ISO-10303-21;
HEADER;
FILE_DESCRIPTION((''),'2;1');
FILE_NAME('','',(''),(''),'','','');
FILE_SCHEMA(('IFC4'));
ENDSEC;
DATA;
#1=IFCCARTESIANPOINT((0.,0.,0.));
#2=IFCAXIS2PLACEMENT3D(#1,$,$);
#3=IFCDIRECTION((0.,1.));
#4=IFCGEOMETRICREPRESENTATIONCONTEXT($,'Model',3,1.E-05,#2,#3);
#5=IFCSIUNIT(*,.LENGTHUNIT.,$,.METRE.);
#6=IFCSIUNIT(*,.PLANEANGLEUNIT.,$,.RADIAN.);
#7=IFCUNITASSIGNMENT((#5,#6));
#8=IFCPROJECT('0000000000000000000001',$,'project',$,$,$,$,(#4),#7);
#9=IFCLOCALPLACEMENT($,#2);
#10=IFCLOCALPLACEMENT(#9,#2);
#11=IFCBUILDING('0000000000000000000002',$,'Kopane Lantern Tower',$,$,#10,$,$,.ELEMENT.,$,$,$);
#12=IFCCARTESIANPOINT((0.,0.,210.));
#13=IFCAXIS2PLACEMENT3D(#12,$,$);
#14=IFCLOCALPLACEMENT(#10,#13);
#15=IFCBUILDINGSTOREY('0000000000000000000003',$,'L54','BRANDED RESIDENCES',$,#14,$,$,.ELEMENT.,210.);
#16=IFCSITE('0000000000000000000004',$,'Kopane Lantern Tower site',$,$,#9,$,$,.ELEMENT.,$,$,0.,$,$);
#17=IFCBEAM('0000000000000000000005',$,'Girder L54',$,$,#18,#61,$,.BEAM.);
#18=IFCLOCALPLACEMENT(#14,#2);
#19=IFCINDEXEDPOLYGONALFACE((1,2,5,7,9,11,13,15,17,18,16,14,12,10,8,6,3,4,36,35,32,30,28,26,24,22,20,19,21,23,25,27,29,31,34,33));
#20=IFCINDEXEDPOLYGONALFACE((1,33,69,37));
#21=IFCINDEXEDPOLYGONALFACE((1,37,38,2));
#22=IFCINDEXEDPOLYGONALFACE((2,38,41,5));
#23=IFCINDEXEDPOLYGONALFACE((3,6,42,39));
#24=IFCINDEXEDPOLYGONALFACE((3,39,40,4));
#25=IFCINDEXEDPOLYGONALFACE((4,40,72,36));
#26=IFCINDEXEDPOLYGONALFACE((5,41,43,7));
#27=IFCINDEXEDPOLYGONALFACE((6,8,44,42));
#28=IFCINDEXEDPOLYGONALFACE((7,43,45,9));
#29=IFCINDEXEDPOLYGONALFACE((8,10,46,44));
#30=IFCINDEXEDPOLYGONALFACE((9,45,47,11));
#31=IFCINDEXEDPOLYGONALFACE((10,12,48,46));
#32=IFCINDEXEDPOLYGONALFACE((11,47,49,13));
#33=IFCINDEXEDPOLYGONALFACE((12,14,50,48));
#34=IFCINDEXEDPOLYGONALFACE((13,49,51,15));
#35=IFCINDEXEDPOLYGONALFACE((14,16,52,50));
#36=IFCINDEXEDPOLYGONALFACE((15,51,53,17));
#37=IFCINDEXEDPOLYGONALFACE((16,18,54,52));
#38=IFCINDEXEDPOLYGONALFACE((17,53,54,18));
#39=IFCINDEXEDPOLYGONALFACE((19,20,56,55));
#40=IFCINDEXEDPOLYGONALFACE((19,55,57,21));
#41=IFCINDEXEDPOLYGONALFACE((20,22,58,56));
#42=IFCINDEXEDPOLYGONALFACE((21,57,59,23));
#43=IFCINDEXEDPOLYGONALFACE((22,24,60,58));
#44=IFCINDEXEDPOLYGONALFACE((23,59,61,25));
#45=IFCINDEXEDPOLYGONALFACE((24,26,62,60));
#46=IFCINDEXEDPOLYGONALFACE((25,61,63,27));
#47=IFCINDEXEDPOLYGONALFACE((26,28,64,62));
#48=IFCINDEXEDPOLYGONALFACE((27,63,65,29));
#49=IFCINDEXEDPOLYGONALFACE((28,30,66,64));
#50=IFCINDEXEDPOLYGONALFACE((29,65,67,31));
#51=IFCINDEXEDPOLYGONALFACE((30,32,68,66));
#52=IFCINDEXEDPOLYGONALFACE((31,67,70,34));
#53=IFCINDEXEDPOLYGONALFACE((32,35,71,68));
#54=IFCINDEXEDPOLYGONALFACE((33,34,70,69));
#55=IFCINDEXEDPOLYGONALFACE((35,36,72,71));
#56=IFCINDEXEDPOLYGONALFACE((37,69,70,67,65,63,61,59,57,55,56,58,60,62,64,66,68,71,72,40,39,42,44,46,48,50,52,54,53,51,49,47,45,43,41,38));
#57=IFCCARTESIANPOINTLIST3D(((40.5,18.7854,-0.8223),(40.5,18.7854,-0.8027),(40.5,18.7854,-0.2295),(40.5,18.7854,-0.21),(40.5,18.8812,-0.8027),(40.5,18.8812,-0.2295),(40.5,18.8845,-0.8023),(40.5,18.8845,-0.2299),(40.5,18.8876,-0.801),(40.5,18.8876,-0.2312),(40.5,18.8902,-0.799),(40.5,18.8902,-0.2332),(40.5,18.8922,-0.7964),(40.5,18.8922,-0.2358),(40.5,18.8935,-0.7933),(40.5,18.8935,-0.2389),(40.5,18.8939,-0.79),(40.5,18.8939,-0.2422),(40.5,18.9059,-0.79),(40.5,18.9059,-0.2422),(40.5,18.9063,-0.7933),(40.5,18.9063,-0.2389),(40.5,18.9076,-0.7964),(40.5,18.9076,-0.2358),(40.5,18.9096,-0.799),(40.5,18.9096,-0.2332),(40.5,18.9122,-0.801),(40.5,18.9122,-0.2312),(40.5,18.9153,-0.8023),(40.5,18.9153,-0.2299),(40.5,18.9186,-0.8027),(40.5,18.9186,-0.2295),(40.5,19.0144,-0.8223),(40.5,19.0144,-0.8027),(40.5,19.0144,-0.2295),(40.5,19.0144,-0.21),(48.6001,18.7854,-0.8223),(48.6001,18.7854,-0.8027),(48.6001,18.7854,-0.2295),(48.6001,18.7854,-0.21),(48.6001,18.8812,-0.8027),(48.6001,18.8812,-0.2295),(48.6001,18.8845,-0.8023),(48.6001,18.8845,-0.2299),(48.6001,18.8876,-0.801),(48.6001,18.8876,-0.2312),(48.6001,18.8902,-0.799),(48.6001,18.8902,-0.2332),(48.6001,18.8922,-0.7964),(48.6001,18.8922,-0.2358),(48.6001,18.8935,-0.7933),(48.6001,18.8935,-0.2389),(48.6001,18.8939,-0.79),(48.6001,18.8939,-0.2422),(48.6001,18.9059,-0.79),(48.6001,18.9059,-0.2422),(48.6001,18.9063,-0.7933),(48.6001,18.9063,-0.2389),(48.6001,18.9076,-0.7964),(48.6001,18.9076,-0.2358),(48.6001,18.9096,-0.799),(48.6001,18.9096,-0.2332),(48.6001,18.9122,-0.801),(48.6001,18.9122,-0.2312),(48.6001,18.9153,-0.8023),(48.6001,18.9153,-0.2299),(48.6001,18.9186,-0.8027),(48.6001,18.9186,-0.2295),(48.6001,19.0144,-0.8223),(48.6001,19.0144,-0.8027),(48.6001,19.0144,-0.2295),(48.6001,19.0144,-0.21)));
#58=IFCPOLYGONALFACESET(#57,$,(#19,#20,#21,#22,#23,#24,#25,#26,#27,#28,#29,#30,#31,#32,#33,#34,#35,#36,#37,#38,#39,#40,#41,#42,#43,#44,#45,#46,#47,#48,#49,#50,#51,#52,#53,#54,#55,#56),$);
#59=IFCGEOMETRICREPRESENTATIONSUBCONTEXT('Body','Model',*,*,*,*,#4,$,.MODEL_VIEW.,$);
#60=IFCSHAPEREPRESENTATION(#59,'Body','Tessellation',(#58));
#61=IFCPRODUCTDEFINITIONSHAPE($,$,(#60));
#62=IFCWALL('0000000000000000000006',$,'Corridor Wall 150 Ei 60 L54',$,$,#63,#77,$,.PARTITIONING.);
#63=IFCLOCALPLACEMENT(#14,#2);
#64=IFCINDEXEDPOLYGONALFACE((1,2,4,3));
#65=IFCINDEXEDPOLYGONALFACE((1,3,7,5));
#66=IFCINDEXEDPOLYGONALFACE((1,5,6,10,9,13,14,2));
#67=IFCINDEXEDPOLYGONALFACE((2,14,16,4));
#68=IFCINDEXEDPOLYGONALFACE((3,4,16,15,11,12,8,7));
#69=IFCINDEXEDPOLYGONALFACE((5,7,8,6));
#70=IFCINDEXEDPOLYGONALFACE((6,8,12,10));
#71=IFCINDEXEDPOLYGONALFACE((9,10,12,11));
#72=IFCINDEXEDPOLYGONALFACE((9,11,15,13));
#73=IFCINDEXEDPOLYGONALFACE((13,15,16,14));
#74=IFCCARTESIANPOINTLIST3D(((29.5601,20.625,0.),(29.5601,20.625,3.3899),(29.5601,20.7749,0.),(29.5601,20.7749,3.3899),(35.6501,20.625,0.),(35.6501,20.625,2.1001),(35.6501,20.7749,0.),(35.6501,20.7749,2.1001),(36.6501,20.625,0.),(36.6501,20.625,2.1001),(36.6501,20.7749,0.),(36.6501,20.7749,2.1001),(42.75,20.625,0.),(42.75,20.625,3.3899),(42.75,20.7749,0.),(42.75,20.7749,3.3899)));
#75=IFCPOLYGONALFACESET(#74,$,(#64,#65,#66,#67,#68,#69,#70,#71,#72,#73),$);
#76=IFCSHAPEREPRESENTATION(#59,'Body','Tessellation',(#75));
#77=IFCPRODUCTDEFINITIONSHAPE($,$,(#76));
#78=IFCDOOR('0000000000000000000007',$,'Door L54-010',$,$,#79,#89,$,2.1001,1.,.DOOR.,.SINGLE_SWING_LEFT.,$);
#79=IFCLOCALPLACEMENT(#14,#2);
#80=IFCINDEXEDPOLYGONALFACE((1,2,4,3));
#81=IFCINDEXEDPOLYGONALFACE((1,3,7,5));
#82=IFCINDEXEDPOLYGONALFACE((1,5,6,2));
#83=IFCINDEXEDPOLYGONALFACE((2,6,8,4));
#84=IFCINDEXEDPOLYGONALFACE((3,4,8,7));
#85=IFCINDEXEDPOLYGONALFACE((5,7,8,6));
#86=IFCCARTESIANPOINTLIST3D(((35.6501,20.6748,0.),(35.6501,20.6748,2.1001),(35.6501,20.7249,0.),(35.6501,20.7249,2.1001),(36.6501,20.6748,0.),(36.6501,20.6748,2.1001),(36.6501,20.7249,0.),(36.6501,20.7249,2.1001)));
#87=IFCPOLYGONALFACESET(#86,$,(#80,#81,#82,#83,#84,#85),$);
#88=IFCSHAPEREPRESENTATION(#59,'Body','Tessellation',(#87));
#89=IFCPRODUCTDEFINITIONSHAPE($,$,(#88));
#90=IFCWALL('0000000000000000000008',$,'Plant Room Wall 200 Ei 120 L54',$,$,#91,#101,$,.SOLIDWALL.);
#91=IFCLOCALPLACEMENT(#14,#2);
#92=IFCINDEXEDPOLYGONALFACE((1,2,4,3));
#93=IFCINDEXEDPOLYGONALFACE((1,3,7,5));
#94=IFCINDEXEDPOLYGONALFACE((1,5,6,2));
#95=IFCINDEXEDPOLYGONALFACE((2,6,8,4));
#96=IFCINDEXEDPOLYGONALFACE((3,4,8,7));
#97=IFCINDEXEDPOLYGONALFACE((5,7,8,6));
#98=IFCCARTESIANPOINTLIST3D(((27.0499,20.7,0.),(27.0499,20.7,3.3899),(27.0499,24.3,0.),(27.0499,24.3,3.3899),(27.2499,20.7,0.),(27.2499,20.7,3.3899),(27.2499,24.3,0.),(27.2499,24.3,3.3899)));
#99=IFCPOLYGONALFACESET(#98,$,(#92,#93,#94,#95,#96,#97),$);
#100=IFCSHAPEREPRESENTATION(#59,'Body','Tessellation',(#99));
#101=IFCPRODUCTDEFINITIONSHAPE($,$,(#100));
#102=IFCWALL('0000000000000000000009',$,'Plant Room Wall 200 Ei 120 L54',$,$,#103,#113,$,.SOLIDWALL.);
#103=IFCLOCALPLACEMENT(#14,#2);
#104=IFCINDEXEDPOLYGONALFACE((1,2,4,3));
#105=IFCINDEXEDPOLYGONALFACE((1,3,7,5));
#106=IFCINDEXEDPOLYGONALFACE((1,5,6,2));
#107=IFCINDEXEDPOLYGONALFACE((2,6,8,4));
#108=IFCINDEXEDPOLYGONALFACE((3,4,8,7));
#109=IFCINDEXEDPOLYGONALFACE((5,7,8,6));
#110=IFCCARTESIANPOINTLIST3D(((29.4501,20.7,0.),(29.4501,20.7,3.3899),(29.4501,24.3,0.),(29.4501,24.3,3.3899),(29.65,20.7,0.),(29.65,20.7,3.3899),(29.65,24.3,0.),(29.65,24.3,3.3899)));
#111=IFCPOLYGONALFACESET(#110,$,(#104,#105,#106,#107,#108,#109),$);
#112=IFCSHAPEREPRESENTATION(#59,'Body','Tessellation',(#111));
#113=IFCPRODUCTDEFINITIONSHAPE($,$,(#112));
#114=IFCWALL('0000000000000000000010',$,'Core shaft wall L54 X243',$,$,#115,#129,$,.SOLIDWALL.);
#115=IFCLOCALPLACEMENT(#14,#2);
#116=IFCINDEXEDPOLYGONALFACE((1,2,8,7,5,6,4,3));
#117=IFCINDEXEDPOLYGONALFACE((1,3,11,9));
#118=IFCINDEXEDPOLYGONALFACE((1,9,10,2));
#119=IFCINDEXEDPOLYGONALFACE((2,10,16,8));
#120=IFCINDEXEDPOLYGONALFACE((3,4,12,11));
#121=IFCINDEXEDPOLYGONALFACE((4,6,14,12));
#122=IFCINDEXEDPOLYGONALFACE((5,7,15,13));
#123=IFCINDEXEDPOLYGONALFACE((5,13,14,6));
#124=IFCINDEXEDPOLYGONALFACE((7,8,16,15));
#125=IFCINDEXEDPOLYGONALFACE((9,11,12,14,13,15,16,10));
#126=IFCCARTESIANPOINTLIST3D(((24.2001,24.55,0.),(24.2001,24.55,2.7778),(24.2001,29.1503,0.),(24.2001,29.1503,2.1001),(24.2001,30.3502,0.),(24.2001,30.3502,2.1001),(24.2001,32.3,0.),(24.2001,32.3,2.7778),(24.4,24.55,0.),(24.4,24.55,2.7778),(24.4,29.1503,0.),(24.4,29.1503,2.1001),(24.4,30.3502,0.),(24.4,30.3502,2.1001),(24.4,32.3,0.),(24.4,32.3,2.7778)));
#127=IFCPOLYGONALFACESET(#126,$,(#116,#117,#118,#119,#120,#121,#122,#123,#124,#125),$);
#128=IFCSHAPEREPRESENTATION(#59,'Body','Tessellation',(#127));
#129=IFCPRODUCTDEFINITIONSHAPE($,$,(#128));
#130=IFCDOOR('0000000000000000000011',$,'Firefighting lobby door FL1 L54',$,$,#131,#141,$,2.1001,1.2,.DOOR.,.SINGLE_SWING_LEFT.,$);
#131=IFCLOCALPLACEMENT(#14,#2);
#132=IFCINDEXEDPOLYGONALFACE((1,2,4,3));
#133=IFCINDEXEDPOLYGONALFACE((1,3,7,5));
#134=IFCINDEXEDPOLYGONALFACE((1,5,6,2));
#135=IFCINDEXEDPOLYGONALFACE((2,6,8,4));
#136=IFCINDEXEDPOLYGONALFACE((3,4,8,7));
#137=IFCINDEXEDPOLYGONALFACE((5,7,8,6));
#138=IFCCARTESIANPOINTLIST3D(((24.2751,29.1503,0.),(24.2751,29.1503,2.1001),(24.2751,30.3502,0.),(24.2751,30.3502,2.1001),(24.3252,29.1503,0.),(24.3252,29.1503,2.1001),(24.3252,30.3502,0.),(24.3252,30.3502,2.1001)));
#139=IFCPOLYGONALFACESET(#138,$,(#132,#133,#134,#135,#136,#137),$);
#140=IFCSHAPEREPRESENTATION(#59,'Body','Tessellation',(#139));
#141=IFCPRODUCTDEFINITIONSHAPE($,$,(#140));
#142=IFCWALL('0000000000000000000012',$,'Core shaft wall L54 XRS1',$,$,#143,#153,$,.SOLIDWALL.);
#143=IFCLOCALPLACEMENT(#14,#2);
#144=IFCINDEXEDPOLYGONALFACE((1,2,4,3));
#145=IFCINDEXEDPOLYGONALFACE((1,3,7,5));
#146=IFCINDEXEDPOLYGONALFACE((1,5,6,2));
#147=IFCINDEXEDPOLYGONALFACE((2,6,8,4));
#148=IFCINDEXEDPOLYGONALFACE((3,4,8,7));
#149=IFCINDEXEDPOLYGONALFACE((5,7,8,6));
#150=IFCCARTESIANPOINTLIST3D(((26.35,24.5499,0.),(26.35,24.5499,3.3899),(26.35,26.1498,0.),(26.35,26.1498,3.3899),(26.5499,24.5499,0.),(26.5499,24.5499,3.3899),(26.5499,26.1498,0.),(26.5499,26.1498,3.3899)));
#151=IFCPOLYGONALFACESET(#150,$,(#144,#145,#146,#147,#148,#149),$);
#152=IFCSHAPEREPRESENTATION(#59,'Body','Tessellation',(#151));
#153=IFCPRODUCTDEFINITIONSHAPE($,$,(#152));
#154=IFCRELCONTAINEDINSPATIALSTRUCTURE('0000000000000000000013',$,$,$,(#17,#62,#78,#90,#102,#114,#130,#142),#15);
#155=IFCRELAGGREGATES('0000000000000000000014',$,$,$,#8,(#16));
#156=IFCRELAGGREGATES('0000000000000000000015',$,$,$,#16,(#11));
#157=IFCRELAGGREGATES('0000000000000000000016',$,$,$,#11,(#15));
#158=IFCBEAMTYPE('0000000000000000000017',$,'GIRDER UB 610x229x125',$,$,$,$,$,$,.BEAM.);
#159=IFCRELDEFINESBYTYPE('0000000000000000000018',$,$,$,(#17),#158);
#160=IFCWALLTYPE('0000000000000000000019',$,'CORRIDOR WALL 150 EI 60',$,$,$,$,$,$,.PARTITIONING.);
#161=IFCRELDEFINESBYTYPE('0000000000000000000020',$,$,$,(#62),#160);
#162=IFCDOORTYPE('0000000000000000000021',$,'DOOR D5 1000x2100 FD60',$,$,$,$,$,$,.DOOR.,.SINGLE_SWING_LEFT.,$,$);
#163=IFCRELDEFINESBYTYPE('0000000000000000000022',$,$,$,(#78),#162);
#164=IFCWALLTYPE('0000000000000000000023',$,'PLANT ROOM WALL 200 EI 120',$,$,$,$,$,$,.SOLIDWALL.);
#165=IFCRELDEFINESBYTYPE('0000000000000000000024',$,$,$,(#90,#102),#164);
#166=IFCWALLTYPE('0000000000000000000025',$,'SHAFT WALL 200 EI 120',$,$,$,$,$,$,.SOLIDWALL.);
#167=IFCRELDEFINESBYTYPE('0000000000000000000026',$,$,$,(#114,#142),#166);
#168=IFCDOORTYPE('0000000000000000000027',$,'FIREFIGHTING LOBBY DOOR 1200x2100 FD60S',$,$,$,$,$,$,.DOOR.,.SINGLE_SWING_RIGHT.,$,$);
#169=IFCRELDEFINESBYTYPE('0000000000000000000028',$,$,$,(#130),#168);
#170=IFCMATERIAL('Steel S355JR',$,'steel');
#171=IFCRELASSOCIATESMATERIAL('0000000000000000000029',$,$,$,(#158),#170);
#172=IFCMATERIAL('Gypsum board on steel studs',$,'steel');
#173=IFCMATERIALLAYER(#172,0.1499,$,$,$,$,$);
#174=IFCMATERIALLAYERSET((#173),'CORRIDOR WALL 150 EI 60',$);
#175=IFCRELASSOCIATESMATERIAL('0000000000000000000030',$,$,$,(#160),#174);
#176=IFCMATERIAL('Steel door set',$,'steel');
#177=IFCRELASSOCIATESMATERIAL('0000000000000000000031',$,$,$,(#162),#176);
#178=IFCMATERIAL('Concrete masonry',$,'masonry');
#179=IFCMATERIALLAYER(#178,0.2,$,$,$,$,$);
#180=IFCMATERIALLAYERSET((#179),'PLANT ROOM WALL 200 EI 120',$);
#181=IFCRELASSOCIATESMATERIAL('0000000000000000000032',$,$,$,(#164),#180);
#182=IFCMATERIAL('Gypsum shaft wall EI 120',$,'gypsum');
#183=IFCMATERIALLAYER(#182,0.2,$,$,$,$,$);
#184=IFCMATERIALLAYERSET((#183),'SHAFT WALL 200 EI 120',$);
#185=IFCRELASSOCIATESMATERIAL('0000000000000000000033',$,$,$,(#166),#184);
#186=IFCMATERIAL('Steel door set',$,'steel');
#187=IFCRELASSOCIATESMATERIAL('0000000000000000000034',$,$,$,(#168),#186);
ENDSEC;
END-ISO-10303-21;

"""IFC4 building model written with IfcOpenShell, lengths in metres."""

from ifc_helpers import new_model, si_unit, direction, frame, frame_2d, origin, origin_2d, place, context, subcontext, project, spatial, rectangle, i_section, extrude, material, layer, layer_set, material_profile, profile_set, type_object, element, fill, save


model = new_model("IFC4")

# Units and contexts
model_context = context("Model", 3, precision=1e-05, world=origin(), true_north=direction((0.0, 1.0)))
body_context = subcontext(model_context, "Body", "Model", "MODEL_VIEW")
ifc_project = project(units=[si_unit("LENGTHUNIT", "METRE"), si_unit("PLANEANGLEUNIT", "RADIAN")], contexts=[model_context])

# Site, building, storey
site_placement = place(None, origin())
site = spatial("IfcSite", under=ifc_project, at=site_placement, Name="Kopane Lantern Tower site", CompositionType="ELEMENT", RefElevation=0.0)
building_placement = place(site_placement, origin())
building = spatial("IfcBuilding", under=site, at=building_placement, Name="Kopane Lantern Tower", CompositionType="ELEMENT")
storey_placement = place(building_placement, frame((0.0, 0.0, 210.0)))
storey = spatial("IfcBuildingStorey", under=building, at=storey_placement, Name="L54", Description="BRANDED RESIDENCES", CompositionType="ELEMENT", Elevation=210.0)

# Beam
ifc_material_1 = material(Name="Steel S355JR", Category="steel")
ifc_material_profile_1 = material_profile(ifc_material_1, i_section(OverallWidth=0.229, OverallDepth=0.6123, WebThickness=0.012, FlangeThickness=0.0195, FilletRadius=0.0127, at=origin_2d()), Name="UB 610x229x125")
ifc_profile_set_1 = profile_set([ifc_material_profile_1], Name="Steel S355JR")
beam_type_1 = type_object("IfcBeamType", Name="GIRDER UB 610x229x125", PredefinedType="BEAM", material=ifc_profile_set_1)
for number, where, z_axis, x_axis, name in (
    (1, (40.5, 18.8999, -0.5161), (1.0, 0.0, 0.0), (0.0, 1.0, 0.0), "Girder L54"),
):
    element("IfcBeam", number, at=place(storey_placement, frame(where, z_axis=z_axis, x_axis=x_axis)), inside=storey, type_object=beam_type_1, Name=name, PredefinedType="BEAM", context=body_context, shape_type="SweptSolid", body=[
        extrude(i_section(OverallWidth=0.229, OverallDepth=0.6123, WebThickness=0.012, FlangeThickness=0.0195, FilletRadius=0.0127, at=origin_2d()), origin(), (0.0, 0.0, 1.0), 8.1001),
    ])

# Wall, opening, door
ifc_material_2 = material(Name="Gypsum board on steel studs", Category="steel")
ifc_layer_1 = layer(ifc_material_2, 0.1499)
ifc_layer_set_1 = layer_set([ifc_layer_1], Name="CORRIDOR WALL 150 EI 60")
wall_type_1 = type_object("IfcWallType", Name="CORRIDOR WALL 150 EI 60", PredefinedType="PARTITIONING", material=ifc_layer_set_1)
wall_1_placement = place(storey_placement, frame((29.5601, 20.7, 0.0), z_axis=(0.0, 0.0, 1.0), x_axis=(1.0, 0.0, 0.0)))
wall_1 = element("IfcWall", 2, at=wall_1_placement, inside=storey, type_object=wall_type_1, Name="Corridor Wall 150 Ei 60 L54", PredefinedType="PARTITIONING", context=body_context, shape_type="SweptSolid", body=[
    extrude(rectangle(XDim=13.1899, YDim=0.1499, at=frame_2d((6.595, 0.0))), origin(), (0.0, 0.0, 1.0), 3.3899),
])
opening_1_placement = place(wall_1_placement, frame((6.0901, 0.0, 0.0)))
opening_1 = element("IfcOpeningElement", 3, at=opening_1_placement, cuts=wall_1, PredefinedType="OPENING", context=body_context, shape_type="SweptSolid", body=[
    extrude(rectangle(XDim=1.0, YDim=2.1001, at=frame_2d((0.5, 1.05))), frame((0.0, 0.085, 0.0), z_axis=(0.0, -1.0, 0.0), x_axis=(1.0, 0.0, 0.0)), (0.0, 0.0, 1.0), 0.1699),
])
ifc_material_3 = material(Name="Steel door set", Category="steel")
door_type_1 = type_object("IfcDoorType", Name="DOOR D5 1000x2100 FD60", OperationType="SINGLE_SWING_LEFT", PredefinedType="DOOR", material=ifc_material_3)
door_1_placement = place(opening_1_placement, origin())
door_1 = element("IfcDoor", 4, at=door_1_placement, inside=storey, type_object=door_type_1, Name="Door L54-010", OperationType="SINGLE_SWING_LEFT", OverallHeight=2.1001, OverallWidth=1.0, PredefinedType="DOOR", context=body_context, shape_type="SweptSolid", body=[
    extrude(rectangle(XDim=1.0, YDim=2.1001, at=frame_2d((0.5, 1.05))), frame((0.0, 0.0249, 0.0), z_axis=(0.0, -1.0, 0.0), x_axis=(1.0, 0.0, 0.0)), (0.0, 0.0, 1.0), 0.05),
])
fill(opening_1, door_1)

# Walls
ifc_material_4 = material(Name="Concrete masonry", Category="masonry")
ifc_layer_2 = layer(ifc_material_4, 0.2)
ifc_layer_set_2 = layer_set([ifc_layer_2], Name="PLANT ROOM WALL 200 EI 120")
wall_type_2 = type_object("IfcWallType", Name="PLANT ROOM WALL 200 EI 120", PredefinedType="SOLIDWALL", material=ifc_layer_set_2)
for number, where, z_axis, x_axis, name in (
    (5, (27.1499, 20.7, 0.0), (0.0, 0.0, 1.0), (0.0, 1.0, 0.0), "Plant Room Wall 200 Ei 120 L54"),
    (6, (29.55, 20.7, 0.0), (0.0, 0.0, 1.0), (0.0, 1.0, 0.0), "Plant Room Wall 200 Ei 120 L54"),
):
    element("IfcWall", number, at=place(storey_placement, frame(where, z_axis=z_axis, x_axis=x_axis)), inside=storey, type_object=wall_type_2, Name=name, PredefinedType="SOLIDWALL", context=body_context, shape_type="SweptSolid", body=[
        extrude(rectangle(XDim=3.6001, YDim=0.2, at=frame_2d((1.8, 0.0))), origin(), (0.0, 0.0, 1.0), 3.3899),
    ])

# Wall, opening, door
ifc_material_5 = material(Name="Gypsum shaft wall EI 120", Category="gypsum")
ifc_layer_3 = layer(ifc_material_5, 0.2)
ifc_layer_set_3 = layer_set([ifc_layer_3], Name="SHAFT WALL 200 EI 120")
wall_type_3 = type_object("IfcWallType", Name="SHAFT WALL 200 EI 120", PredefinedType="SOLIDWALL", material=ifc_layer_set_3)
wall_2_placement = place(storey_placement, frame((24.3, 24.55, 0.0), z_axis=(0.0, 0.0, 1.0), x_axis=(0.0, 1.0, 0.0)))
wall_2 = element("IfcWall", 7, at=wall_2_placement, inside=storey, type_object=wall_type_3, Name="Core shaft wall L54 X243", PredefinedType="SOLIDWALL", context=body_context, shape_type="SweptSolid", body=[
    extrude(rectangle(XDim=7.75, YDim=0.2, at=frame_2d((3.875, 0.0))), origin(), (0.0, 0.0, 1.0), 2.7778),
])
opening_2_placement = place(wall_2_placement, frame((4.6001, 0.0, 0.0)))
opening_2 = element("IfcOpeningElement", 8, at=opening_2_placement, cuts=wall_2, PredefinedType="OPENING", context=body_context, shape_type="SweptSolid", body=[
    extrude(rectangle(XDim=1.2, YDim=2.1001, at=frame_2d((0.6001, 1.05))), frame((0.0, 0.1099, 0.0), z_axis=(0.0, -1.0, 0.0), x_axis=(1.0, 0.0, 0.0)), (0.0, 0.0, 1.0), 0.22),
])
ifc_material_6 = material(Name="Steel door set", Category="steel")
door_type_2 = type_object("IfcDoorType", Name="FIREFIGHTING LOBBY DOOR 1200x2100 FD60S", OperationType="SINGLE_SWING_RIGHT", PredefinedType="DOOR", material=ifc_material_6)
door_2_placement = place(opening_2_placement, origin())
door_2 = element("IfcDoor", 9, at=door_2_placement, inside=storey, type_object=door_type_2, Name="Firefighting lobby door FL1 L54", OperationType="SINGLE_SWING_LEFT", OverallHeight=2.1001, OverallWidth=1.2, PredefinedType="DOOR", context=body_context, shape_type="SweptSolid", body=[
    extrude(rectangle(XDim=1.2, YDim=2.1001, at=frame_2d((0.6001, 1.05))), frame((0.0, 0.0249, 0.0), z_axis=(0.0, -1.0, 0.0), x_axis=(1.0, 0.0, 0.0)), (0.0, 0.0, 1.0), 0.05),
])
fill(opening_2, door_2)

# Wall
wall_3_placement = place(storey_placement, frame((26.45, 24.55, 0.0), z_axis=(0.0, 0.0, 1.0), x_axis=(0.0, 1.0, 0.0)))
element("IfcWall", 10, at=wall_3_placement, inside=storey, type_object=wall_type_3, Name="Core shaft wall L54 XRS1", PredefinedType="SOLIDWALL", context=body_context, shape_type="SweptSolid", body=[
    extrude(rectangle(XDim=1.5999, YDim=0.2, at=frame_2d((0.7998, 0.0))), origin(), (0.0, 0.0, 1.0), 3.3899),
])

save(model, "model.ifc")
